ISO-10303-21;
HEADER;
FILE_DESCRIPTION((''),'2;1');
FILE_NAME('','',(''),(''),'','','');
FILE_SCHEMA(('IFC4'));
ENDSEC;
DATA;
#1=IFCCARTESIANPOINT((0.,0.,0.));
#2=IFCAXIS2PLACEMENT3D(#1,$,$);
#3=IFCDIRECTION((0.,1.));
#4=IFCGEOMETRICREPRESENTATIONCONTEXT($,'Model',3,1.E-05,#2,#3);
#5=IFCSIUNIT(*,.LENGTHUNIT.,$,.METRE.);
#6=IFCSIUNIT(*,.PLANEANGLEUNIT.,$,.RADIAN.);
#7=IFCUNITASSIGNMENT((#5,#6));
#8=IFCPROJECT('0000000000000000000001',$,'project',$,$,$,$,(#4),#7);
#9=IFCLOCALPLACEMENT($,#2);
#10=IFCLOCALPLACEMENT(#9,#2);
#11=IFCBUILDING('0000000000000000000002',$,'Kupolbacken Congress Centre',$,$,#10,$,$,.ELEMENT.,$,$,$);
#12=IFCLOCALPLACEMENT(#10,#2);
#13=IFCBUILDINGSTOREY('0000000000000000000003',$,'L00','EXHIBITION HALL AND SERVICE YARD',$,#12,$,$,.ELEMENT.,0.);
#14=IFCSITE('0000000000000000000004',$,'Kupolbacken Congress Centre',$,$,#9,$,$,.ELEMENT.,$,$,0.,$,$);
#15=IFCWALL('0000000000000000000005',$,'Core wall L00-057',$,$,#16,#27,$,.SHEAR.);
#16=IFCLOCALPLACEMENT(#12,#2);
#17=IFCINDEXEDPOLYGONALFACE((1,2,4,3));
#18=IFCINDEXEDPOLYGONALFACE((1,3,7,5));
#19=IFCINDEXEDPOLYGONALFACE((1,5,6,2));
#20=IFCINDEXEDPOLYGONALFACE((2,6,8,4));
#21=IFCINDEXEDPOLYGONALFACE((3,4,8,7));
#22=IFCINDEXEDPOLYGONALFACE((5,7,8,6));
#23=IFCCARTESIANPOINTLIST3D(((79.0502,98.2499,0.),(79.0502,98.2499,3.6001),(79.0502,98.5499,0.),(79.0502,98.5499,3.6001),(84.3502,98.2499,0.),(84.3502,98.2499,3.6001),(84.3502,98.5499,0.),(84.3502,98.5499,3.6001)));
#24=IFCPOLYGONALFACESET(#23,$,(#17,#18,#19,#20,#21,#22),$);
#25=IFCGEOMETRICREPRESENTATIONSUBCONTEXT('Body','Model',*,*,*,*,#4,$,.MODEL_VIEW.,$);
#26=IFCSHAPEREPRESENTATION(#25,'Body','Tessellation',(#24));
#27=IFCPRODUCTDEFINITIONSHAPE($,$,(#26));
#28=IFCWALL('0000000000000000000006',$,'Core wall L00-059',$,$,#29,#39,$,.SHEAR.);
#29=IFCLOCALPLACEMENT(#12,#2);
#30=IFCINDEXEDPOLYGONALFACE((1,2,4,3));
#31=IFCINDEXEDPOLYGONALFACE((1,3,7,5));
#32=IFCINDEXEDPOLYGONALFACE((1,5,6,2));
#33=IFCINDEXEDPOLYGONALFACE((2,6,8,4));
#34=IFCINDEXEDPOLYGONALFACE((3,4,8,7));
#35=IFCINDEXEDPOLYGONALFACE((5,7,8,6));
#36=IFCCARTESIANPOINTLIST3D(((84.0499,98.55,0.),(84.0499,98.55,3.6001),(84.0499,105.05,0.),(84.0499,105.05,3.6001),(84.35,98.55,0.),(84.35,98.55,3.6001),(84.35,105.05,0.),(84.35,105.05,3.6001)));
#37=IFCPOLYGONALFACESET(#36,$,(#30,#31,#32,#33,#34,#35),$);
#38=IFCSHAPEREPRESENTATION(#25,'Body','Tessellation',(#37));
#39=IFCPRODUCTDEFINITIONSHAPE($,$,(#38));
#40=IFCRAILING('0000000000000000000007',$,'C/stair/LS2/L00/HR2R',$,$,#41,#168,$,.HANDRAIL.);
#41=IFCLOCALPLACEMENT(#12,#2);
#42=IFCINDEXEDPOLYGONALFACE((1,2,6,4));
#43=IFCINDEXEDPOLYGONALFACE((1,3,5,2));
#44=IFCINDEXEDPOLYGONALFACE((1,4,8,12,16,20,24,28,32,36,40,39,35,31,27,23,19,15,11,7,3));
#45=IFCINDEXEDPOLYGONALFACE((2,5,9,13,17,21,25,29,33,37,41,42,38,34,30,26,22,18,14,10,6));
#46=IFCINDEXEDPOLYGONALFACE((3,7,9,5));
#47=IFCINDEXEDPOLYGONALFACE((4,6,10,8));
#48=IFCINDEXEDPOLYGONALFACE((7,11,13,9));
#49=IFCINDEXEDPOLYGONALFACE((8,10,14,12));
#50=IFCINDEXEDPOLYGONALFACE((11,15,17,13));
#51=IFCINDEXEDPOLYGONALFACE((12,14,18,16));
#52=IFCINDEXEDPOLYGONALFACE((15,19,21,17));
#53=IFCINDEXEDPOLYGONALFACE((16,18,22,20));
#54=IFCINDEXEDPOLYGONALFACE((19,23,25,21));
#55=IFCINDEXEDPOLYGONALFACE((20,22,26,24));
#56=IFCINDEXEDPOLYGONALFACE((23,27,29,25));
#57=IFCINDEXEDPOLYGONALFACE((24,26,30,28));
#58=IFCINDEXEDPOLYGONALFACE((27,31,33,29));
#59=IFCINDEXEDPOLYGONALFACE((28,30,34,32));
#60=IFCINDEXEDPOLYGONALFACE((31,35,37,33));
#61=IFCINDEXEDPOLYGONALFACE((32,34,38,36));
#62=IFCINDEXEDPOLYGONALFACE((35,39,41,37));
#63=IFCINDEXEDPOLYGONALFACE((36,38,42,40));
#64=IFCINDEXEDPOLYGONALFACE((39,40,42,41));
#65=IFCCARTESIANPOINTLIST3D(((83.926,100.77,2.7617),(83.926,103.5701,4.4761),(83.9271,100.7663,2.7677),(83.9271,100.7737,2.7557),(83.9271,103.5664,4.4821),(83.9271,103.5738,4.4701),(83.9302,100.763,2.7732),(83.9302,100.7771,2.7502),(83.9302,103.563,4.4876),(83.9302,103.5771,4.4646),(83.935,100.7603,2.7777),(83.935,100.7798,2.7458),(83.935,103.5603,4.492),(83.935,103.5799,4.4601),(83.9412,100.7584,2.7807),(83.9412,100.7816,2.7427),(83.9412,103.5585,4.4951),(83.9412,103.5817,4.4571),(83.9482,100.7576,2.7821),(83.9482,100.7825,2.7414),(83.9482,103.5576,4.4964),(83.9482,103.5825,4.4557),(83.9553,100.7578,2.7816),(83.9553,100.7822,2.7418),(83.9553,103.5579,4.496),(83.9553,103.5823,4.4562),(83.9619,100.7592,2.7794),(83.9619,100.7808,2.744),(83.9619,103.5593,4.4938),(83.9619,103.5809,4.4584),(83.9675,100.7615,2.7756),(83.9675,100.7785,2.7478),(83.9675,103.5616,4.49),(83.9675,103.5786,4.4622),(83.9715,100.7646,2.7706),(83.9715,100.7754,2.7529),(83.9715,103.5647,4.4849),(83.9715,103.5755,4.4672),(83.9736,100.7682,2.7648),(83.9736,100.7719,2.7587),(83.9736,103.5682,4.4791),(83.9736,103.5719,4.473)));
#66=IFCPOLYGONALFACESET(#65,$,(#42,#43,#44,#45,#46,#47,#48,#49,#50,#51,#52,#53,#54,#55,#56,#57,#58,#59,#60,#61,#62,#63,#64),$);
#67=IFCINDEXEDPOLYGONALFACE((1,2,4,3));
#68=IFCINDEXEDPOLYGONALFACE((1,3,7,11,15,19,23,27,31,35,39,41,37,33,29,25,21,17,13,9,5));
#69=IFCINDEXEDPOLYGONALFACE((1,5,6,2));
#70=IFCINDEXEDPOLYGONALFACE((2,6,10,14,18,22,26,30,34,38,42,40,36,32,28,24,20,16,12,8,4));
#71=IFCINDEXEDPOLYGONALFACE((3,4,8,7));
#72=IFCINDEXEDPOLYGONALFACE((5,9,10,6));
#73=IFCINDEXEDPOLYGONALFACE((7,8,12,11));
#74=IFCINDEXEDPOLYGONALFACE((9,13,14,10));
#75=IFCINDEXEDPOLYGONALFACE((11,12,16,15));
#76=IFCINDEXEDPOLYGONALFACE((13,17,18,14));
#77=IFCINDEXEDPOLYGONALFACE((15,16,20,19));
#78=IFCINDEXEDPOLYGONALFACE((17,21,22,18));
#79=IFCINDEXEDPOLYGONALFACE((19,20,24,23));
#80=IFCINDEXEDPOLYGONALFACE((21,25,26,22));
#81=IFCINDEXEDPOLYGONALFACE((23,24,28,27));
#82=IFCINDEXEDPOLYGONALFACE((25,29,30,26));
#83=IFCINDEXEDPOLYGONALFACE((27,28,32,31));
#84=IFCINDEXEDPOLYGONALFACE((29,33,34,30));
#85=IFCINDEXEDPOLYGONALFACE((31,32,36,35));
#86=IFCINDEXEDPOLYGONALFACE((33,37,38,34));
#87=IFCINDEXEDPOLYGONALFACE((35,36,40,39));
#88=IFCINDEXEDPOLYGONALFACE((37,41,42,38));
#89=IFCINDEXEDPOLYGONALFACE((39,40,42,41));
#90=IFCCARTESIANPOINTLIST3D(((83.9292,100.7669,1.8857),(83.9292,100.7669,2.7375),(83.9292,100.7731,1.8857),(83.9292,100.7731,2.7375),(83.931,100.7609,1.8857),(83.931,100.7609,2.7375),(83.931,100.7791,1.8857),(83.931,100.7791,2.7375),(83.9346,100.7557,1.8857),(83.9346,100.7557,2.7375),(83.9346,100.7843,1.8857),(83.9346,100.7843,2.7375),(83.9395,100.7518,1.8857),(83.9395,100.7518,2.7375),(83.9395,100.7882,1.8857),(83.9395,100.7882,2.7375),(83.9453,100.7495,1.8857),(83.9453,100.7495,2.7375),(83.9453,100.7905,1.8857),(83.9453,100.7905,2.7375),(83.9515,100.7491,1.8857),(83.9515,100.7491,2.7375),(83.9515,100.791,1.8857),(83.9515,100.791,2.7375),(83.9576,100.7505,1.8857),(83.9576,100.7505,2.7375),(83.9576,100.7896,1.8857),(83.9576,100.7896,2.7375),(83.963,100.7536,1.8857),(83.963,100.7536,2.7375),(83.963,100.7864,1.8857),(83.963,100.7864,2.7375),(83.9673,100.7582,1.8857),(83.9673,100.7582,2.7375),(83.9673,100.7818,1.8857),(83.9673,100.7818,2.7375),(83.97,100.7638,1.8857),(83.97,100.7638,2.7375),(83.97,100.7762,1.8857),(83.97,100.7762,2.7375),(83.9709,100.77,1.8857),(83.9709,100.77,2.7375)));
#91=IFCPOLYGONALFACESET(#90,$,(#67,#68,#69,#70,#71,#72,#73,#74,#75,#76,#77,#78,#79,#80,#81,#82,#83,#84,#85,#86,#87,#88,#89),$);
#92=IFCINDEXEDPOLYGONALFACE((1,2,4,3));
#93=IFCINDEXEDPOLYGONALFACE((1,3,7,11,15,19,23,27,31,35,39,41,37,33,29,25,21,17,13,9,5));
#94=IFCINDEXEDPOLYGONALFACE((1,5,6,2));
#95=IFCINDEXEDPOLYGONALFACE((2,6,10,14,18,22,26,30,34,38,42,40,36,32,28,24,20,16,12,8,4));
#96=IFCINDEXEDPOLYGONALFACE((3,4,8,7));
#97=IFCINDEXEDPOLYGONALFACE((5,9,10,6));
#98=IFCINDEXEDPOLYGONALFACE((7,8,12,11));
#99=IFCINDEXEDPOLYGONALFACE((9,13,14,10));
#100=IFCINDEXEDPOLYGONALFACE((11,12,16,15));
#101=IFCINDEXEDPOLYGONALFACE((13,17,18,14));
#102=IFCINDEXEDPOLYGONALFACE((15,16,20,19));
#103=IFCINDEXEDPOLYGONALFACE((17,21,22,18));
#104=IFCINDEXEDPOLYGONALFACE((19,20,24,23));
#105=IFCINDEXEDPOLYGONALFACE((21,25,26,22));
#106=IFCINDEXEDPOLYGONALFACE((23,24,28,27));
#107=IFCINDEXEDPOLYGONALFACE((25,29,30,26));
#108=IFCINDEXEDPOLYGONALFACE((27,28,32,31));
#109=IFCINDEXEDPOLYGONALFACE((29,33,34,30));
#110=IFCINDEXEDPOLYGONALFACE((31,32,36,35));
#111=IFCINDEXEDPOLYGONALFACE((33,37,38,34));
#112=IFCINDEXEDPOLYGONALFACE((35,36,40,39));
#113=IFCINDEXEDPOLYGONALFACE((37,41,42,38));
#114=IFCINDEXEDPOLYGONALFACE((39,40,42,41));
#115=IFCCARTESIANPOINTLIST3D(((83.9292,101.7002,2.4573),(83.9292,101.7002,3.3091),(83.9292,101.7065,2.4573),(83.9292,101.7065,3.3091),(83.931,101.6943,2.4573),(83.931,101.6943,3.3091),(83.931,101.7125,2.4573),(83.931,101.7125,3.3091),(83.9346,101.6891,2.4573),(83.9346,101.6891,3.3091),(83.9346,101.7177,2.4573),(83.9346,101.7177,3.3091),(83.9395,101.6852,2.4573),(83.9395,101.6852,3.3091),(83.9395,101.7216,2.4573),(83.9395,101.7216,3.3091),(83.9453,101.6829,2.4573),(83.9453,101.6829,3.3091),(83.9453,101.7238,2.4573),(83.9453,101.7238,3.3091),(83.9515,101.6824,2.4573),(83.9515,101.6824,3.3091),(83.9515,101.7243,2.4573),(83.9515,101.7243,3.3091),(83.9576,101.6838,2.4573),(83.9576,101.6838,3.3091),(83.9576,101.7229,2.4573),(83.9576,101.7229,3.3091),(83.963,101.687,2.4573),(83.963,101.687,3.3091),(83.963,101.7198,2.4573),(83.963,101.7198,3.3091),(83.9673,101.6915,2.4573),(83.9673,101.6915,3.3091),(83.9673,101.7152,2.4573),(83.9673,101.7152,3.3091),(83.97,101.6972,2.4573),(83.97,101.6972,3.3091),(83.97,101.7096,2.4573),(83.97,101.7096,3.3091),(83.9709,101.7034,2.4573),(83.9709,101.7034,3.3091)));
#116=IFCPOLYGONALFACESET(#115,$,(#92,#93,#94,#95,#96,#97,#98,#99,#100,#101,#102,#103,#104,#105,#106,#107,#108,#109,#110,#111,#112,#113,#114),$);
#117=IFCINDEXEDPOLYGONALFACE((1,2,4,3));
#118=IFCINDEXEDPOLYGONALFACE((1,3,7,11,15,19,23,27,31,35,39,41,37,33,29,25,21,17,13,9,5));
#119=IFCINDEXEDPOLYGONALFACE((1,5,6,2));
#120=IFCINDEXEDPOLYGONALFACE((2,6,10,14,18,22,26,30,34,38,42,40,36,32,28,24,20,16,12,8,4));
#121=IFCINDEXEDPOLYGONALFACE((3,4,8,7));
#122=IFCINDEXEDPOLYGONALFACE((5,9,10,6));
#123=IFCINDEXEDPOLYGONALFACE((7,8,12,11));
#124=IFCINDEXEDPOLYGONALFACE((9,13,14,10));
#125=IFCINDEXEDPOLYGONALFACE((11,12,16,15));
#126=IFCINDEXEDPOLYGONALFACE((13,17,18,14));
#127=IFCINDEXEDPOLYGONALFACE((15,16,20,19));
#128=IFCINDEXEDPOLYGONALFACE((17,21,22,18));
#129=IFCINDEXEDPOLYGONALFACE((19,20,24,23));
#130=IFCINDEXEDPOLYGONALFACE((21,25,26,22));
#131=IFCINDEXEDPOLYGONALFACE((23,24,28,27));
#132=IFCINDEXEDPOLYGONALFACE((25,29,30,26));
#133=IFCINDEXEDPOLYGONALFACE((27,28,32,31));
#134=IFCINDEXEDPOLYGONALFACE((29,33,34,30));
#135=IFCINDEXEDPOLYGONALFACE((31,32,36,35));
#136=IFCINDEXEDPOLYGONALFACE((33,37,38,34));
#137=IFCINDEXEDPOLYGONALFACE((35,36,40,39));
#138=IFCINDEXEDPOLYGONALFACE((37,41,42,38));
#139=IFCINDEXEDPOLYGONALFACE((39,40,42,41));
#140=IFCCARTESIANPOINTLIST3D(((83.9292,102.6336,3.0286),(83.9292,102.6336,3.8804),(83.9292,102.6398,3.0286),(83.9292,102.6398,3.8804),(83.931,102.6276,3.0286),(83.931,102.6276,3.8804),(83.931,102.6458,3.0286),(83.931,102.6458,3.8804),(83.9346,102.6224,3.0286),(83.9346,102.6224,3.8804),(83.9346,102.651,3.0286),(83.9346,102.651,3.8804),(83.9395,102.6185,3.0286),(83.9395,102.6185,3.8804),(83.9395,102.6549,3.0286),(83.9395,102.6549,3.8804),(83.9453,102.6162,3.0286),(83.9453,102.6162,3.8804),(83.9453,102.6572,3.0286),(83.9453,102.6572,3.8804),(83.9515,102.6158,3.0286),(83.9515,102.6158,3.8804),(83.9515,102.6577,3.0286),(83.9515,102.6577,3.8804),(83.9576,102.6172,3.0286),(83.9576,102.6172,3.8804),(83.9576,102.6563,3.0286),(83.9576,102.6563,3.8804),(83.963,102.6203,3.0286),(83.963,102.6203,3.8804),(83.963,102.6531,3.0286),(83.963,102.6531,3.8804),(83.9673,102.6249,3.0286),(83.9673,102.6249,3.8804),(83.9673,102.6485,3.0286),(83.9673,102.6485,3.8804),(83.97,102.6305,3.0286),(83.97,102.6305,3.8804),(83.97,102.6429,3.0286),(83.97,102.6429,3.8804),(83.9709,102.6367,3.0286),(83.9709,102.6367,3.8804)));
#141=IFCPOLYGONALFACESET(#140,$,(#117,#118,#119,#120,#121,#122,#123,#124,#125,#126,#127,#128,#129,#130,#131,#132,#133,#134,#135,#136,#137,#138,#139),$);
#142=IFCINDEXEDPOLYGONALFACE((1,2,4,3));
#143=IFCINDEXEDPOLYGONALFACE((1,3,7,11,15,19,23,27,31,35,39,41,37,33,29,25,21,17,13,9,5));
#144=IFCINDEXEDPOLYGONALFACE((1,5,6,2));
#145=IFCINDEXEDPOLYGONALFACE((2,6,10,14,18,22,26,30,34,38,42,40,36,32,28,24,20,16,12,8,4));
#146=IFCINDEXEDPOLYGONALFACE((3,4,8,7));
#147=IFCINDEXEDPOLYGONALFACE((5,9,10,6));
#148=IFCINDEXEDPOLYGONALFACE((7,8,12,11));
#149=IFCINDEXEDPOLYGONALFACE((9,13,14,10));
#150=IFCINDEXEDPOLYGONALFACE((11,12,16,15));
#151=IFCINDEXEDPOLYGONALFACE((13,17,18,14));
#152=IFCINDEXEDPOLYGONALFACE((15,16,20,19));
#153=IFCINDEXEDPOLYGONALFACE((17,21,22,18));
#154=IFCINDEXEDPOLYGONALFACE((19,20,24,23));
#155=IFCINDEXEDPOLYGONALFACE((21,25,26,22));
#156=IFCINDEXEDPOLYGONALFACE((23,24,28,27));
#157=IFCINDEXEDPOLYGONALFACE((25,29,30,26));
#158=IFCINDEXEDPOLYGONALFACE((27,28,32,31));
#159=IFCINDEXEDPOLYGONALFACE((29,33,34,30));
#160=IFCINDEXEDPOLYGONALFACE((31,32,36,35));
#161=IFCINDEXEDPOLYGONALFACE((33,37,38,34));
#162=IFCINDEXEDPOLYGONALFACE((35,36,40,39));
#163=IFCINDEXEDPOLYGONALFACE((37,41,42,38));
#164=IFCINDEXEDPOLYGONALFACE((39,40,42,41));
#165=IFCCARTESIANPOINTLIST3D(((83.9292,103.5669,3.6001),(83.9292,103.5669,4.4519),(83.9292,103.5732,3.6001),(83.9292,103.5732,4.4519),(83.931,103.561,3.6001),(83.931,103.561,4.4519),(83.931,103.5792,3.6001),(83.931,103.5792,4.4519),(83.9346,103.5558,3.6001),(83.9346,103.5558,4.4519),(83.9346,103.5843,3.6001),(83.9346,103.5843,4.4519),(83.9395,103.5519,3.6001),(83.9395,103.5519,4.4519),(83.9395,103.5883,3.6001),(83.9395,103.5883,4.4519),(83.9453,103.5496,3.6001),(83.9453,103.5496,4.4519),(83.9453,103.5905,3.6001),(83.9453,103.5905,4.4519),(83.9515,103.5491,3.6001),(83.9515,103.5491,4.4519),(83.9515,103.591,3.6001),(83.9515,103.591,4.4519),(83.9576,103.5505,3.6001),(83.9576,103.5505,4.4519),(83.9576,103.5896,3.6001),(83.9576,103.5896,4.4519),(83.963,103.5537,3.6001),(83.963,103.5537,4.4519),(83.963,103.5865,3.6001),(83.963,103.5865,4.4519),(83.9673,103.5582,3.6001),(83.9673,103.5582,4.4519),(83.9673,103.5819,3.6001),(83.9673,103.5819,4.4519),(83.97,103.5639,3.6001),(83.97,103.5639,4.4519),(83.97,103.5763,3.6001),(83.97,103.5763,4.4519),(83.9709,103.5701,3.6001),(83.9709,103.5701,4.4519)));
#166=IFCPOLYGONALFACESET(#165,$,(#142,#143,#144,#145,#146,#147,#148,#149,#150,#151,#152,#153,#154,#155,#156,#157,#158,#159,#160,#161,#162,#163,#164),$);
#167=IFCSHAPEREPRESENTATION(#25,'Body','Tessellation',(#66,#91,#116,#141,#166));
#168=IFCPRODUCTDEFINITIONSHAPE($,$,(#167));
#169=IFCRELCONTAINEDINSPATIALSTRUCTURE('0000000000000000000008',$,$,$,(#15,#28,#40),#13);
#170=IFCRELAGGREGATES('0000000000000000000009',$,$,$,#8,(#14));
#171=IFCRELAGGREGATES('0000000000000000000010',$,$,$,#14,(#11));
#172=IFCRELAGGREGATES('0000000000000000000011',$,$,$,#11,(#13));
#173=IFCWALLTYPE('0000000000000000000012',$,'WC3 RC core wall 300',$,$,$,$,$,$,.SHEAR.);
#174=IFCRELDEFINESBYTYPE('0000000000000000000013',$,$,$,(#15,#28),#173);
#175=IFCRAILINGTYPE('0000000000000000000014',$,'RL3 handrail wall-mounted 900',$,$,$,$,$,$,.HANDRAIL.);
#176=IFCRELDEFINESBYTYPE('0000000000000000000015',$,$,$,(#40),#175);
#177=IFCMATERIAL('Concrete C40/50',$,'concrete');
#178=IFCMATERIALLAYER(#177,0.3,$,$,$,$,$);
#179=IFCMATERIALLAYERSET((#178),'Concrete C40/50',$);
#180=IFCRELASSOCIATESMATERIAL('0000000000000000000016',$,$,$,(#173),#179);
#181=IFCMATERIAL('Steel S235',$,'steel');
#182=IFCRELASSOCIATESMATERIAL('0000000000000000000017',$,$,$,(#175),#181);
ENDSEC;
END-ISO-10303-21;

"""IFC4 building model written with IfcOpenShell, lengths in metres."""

from ifc_helpers import new_model, si_unit, direction, frame, frame_2d, origin, origin_2d, place, context, subcontext, project, spatial, rectangle, circle, extrude, material, layer, layer_set, type_object, element, save


model = new_model("IFC4")

# Units and contexts
model_context = context("Model", 3, precision=1e-05, world=origin(), true_north=direction((0.0, 1.0)))
body_context = subcontext(model_context, "Body", "Model", "MODEL_VIEW")
ifc_project = project(units=[si_unit("LENGTHUNIT", "METRE"), si_unit("PLANEANGLEUNIT", "RADIAN")], contexts=[model_context])

# Site, building, storey
site_placement = place(None, origin())
site = spatial("IfcSite", under=ifc_project, at=site_placement, Name="Kupolbacken Congress Centre", CompositionType="ELEMENT", RefElevation=0.0)
building_placement = place(site_placement, origin())
building = spatial("IfcBuilding", under=site, at=building_placement, Name="Kupolbacken Congress Centre", CompositionType="ELEMENT")
storey_placement = place(building_placement, origin())
storey = spatial("IfcBuildingStorey", under=building, at=storey_placement, Name="L00", Description="EXHIBITION HALL AND SERVICE YARD", CompositionType="ELEMENT", Elevation=0.0)

# Walls
ifc_material_1 = material(Name="Concrete C40/50", Category="concrete")
ifc_layer_1 = layer(ifc_material_1, 0.3)
ifc_layer_set_1 = layer_set([ifc_layer_1], Name="Concrete C40/50")
wall_type_1 = type_object("IfcWallType", Name="WC3 RC core wall 300", PredefinedType="SHEAR", material=ifc_layer_set_1)
wall_1_placement = place(storey_placement, frame((84.3501, 98.3999, 0.0), z_axis=(0.0, 0.0, 1.0), x_axis=(-1.0, 0.0, 0.0)))
element("IfcWall", 1, at=wall_1_placement, inside=storey, type_object=wall_type_1, Name="Core wall L00-057", PredefinedType="SHEAR", context=body_context, shape_type="SweptSolid", body=[
    extrude(rectangle(XDim=5.3, YDim=0.3, at=frame_2d((2.6499, 0.0))), origin(), (0.0, 0.0, 1.0), 3.6001),
])
wall_2_placement = place(storey_placement, frame((84.2, 98.55, 0.0), z_axis=(0.0, 0.0, 1.0), x_axis=(0.0, 1.0, 0.0)))
element("IfcWall", 2, at=wall_2_placement, inside=storey, type_object=wall_type_1, Name="Core wall L00-059", PredefinedType="SHEAR", context=body_context, shape_type="SweptSolid", body=[
    extrude(rectangle(XDim=6.5, YDim=0.3, at=frame_2d((3.25, 0.0))), origin(), (0.0, 0.0, 1.0), 3.6001),
])

# Railing
ifc_material_2 = material(Name="Steel S235", Category="steel")
railing_type = type_object("IfcRailingType", Name="RL3 handrail wall-mounted 900", PredefinedType="HANDRAIL", material=ifc_material_2)
railing_placement = place(storey_placement, frame((83.95, 100.77, 1.8857)))
element("IfcRailing", 3, at=railing_placement, inside=storey, type_object=railing_type, Name="C/stair/LS2/L00/HR2R", PredefinedType="HANDRAIL", context=body_context, shape_type="SweptSolid", body=[
    extrude(circle(Radius=0.0239, at=origin_2d()), frame((0.0, 0.0, 0.876), z_axis=(0.0, 0.852846, 0.522163), x_axis=(-1.0, 0.0, 0.0)), (0.0, 0.0, 1.0), 3.2832),
    extrude(circle(Radius=0.021, at=origin_2d()), origin(), (0.0, 0.0, 1.0), 0.8518),
    extrude(circle(Radius=0.021, at=origin_2d()), frame((0.0, 0.9333, 0.5715)), (0.0, 0.0, 1.0), 0.8518),
    extrude(circle(Radius=0.021, at=origin_2d()), frame((0.0, 1.8667, 1.1428)), (0.0, 0.0, 1.0), 0.8518),
    extrude(circle(Radius=0.021, at=origin_2d()), frame((0.0, 2.8, 1.7144)), (0.0, 0.0, 1.0), 0.8518),
])

save(model, "model.ifc")
